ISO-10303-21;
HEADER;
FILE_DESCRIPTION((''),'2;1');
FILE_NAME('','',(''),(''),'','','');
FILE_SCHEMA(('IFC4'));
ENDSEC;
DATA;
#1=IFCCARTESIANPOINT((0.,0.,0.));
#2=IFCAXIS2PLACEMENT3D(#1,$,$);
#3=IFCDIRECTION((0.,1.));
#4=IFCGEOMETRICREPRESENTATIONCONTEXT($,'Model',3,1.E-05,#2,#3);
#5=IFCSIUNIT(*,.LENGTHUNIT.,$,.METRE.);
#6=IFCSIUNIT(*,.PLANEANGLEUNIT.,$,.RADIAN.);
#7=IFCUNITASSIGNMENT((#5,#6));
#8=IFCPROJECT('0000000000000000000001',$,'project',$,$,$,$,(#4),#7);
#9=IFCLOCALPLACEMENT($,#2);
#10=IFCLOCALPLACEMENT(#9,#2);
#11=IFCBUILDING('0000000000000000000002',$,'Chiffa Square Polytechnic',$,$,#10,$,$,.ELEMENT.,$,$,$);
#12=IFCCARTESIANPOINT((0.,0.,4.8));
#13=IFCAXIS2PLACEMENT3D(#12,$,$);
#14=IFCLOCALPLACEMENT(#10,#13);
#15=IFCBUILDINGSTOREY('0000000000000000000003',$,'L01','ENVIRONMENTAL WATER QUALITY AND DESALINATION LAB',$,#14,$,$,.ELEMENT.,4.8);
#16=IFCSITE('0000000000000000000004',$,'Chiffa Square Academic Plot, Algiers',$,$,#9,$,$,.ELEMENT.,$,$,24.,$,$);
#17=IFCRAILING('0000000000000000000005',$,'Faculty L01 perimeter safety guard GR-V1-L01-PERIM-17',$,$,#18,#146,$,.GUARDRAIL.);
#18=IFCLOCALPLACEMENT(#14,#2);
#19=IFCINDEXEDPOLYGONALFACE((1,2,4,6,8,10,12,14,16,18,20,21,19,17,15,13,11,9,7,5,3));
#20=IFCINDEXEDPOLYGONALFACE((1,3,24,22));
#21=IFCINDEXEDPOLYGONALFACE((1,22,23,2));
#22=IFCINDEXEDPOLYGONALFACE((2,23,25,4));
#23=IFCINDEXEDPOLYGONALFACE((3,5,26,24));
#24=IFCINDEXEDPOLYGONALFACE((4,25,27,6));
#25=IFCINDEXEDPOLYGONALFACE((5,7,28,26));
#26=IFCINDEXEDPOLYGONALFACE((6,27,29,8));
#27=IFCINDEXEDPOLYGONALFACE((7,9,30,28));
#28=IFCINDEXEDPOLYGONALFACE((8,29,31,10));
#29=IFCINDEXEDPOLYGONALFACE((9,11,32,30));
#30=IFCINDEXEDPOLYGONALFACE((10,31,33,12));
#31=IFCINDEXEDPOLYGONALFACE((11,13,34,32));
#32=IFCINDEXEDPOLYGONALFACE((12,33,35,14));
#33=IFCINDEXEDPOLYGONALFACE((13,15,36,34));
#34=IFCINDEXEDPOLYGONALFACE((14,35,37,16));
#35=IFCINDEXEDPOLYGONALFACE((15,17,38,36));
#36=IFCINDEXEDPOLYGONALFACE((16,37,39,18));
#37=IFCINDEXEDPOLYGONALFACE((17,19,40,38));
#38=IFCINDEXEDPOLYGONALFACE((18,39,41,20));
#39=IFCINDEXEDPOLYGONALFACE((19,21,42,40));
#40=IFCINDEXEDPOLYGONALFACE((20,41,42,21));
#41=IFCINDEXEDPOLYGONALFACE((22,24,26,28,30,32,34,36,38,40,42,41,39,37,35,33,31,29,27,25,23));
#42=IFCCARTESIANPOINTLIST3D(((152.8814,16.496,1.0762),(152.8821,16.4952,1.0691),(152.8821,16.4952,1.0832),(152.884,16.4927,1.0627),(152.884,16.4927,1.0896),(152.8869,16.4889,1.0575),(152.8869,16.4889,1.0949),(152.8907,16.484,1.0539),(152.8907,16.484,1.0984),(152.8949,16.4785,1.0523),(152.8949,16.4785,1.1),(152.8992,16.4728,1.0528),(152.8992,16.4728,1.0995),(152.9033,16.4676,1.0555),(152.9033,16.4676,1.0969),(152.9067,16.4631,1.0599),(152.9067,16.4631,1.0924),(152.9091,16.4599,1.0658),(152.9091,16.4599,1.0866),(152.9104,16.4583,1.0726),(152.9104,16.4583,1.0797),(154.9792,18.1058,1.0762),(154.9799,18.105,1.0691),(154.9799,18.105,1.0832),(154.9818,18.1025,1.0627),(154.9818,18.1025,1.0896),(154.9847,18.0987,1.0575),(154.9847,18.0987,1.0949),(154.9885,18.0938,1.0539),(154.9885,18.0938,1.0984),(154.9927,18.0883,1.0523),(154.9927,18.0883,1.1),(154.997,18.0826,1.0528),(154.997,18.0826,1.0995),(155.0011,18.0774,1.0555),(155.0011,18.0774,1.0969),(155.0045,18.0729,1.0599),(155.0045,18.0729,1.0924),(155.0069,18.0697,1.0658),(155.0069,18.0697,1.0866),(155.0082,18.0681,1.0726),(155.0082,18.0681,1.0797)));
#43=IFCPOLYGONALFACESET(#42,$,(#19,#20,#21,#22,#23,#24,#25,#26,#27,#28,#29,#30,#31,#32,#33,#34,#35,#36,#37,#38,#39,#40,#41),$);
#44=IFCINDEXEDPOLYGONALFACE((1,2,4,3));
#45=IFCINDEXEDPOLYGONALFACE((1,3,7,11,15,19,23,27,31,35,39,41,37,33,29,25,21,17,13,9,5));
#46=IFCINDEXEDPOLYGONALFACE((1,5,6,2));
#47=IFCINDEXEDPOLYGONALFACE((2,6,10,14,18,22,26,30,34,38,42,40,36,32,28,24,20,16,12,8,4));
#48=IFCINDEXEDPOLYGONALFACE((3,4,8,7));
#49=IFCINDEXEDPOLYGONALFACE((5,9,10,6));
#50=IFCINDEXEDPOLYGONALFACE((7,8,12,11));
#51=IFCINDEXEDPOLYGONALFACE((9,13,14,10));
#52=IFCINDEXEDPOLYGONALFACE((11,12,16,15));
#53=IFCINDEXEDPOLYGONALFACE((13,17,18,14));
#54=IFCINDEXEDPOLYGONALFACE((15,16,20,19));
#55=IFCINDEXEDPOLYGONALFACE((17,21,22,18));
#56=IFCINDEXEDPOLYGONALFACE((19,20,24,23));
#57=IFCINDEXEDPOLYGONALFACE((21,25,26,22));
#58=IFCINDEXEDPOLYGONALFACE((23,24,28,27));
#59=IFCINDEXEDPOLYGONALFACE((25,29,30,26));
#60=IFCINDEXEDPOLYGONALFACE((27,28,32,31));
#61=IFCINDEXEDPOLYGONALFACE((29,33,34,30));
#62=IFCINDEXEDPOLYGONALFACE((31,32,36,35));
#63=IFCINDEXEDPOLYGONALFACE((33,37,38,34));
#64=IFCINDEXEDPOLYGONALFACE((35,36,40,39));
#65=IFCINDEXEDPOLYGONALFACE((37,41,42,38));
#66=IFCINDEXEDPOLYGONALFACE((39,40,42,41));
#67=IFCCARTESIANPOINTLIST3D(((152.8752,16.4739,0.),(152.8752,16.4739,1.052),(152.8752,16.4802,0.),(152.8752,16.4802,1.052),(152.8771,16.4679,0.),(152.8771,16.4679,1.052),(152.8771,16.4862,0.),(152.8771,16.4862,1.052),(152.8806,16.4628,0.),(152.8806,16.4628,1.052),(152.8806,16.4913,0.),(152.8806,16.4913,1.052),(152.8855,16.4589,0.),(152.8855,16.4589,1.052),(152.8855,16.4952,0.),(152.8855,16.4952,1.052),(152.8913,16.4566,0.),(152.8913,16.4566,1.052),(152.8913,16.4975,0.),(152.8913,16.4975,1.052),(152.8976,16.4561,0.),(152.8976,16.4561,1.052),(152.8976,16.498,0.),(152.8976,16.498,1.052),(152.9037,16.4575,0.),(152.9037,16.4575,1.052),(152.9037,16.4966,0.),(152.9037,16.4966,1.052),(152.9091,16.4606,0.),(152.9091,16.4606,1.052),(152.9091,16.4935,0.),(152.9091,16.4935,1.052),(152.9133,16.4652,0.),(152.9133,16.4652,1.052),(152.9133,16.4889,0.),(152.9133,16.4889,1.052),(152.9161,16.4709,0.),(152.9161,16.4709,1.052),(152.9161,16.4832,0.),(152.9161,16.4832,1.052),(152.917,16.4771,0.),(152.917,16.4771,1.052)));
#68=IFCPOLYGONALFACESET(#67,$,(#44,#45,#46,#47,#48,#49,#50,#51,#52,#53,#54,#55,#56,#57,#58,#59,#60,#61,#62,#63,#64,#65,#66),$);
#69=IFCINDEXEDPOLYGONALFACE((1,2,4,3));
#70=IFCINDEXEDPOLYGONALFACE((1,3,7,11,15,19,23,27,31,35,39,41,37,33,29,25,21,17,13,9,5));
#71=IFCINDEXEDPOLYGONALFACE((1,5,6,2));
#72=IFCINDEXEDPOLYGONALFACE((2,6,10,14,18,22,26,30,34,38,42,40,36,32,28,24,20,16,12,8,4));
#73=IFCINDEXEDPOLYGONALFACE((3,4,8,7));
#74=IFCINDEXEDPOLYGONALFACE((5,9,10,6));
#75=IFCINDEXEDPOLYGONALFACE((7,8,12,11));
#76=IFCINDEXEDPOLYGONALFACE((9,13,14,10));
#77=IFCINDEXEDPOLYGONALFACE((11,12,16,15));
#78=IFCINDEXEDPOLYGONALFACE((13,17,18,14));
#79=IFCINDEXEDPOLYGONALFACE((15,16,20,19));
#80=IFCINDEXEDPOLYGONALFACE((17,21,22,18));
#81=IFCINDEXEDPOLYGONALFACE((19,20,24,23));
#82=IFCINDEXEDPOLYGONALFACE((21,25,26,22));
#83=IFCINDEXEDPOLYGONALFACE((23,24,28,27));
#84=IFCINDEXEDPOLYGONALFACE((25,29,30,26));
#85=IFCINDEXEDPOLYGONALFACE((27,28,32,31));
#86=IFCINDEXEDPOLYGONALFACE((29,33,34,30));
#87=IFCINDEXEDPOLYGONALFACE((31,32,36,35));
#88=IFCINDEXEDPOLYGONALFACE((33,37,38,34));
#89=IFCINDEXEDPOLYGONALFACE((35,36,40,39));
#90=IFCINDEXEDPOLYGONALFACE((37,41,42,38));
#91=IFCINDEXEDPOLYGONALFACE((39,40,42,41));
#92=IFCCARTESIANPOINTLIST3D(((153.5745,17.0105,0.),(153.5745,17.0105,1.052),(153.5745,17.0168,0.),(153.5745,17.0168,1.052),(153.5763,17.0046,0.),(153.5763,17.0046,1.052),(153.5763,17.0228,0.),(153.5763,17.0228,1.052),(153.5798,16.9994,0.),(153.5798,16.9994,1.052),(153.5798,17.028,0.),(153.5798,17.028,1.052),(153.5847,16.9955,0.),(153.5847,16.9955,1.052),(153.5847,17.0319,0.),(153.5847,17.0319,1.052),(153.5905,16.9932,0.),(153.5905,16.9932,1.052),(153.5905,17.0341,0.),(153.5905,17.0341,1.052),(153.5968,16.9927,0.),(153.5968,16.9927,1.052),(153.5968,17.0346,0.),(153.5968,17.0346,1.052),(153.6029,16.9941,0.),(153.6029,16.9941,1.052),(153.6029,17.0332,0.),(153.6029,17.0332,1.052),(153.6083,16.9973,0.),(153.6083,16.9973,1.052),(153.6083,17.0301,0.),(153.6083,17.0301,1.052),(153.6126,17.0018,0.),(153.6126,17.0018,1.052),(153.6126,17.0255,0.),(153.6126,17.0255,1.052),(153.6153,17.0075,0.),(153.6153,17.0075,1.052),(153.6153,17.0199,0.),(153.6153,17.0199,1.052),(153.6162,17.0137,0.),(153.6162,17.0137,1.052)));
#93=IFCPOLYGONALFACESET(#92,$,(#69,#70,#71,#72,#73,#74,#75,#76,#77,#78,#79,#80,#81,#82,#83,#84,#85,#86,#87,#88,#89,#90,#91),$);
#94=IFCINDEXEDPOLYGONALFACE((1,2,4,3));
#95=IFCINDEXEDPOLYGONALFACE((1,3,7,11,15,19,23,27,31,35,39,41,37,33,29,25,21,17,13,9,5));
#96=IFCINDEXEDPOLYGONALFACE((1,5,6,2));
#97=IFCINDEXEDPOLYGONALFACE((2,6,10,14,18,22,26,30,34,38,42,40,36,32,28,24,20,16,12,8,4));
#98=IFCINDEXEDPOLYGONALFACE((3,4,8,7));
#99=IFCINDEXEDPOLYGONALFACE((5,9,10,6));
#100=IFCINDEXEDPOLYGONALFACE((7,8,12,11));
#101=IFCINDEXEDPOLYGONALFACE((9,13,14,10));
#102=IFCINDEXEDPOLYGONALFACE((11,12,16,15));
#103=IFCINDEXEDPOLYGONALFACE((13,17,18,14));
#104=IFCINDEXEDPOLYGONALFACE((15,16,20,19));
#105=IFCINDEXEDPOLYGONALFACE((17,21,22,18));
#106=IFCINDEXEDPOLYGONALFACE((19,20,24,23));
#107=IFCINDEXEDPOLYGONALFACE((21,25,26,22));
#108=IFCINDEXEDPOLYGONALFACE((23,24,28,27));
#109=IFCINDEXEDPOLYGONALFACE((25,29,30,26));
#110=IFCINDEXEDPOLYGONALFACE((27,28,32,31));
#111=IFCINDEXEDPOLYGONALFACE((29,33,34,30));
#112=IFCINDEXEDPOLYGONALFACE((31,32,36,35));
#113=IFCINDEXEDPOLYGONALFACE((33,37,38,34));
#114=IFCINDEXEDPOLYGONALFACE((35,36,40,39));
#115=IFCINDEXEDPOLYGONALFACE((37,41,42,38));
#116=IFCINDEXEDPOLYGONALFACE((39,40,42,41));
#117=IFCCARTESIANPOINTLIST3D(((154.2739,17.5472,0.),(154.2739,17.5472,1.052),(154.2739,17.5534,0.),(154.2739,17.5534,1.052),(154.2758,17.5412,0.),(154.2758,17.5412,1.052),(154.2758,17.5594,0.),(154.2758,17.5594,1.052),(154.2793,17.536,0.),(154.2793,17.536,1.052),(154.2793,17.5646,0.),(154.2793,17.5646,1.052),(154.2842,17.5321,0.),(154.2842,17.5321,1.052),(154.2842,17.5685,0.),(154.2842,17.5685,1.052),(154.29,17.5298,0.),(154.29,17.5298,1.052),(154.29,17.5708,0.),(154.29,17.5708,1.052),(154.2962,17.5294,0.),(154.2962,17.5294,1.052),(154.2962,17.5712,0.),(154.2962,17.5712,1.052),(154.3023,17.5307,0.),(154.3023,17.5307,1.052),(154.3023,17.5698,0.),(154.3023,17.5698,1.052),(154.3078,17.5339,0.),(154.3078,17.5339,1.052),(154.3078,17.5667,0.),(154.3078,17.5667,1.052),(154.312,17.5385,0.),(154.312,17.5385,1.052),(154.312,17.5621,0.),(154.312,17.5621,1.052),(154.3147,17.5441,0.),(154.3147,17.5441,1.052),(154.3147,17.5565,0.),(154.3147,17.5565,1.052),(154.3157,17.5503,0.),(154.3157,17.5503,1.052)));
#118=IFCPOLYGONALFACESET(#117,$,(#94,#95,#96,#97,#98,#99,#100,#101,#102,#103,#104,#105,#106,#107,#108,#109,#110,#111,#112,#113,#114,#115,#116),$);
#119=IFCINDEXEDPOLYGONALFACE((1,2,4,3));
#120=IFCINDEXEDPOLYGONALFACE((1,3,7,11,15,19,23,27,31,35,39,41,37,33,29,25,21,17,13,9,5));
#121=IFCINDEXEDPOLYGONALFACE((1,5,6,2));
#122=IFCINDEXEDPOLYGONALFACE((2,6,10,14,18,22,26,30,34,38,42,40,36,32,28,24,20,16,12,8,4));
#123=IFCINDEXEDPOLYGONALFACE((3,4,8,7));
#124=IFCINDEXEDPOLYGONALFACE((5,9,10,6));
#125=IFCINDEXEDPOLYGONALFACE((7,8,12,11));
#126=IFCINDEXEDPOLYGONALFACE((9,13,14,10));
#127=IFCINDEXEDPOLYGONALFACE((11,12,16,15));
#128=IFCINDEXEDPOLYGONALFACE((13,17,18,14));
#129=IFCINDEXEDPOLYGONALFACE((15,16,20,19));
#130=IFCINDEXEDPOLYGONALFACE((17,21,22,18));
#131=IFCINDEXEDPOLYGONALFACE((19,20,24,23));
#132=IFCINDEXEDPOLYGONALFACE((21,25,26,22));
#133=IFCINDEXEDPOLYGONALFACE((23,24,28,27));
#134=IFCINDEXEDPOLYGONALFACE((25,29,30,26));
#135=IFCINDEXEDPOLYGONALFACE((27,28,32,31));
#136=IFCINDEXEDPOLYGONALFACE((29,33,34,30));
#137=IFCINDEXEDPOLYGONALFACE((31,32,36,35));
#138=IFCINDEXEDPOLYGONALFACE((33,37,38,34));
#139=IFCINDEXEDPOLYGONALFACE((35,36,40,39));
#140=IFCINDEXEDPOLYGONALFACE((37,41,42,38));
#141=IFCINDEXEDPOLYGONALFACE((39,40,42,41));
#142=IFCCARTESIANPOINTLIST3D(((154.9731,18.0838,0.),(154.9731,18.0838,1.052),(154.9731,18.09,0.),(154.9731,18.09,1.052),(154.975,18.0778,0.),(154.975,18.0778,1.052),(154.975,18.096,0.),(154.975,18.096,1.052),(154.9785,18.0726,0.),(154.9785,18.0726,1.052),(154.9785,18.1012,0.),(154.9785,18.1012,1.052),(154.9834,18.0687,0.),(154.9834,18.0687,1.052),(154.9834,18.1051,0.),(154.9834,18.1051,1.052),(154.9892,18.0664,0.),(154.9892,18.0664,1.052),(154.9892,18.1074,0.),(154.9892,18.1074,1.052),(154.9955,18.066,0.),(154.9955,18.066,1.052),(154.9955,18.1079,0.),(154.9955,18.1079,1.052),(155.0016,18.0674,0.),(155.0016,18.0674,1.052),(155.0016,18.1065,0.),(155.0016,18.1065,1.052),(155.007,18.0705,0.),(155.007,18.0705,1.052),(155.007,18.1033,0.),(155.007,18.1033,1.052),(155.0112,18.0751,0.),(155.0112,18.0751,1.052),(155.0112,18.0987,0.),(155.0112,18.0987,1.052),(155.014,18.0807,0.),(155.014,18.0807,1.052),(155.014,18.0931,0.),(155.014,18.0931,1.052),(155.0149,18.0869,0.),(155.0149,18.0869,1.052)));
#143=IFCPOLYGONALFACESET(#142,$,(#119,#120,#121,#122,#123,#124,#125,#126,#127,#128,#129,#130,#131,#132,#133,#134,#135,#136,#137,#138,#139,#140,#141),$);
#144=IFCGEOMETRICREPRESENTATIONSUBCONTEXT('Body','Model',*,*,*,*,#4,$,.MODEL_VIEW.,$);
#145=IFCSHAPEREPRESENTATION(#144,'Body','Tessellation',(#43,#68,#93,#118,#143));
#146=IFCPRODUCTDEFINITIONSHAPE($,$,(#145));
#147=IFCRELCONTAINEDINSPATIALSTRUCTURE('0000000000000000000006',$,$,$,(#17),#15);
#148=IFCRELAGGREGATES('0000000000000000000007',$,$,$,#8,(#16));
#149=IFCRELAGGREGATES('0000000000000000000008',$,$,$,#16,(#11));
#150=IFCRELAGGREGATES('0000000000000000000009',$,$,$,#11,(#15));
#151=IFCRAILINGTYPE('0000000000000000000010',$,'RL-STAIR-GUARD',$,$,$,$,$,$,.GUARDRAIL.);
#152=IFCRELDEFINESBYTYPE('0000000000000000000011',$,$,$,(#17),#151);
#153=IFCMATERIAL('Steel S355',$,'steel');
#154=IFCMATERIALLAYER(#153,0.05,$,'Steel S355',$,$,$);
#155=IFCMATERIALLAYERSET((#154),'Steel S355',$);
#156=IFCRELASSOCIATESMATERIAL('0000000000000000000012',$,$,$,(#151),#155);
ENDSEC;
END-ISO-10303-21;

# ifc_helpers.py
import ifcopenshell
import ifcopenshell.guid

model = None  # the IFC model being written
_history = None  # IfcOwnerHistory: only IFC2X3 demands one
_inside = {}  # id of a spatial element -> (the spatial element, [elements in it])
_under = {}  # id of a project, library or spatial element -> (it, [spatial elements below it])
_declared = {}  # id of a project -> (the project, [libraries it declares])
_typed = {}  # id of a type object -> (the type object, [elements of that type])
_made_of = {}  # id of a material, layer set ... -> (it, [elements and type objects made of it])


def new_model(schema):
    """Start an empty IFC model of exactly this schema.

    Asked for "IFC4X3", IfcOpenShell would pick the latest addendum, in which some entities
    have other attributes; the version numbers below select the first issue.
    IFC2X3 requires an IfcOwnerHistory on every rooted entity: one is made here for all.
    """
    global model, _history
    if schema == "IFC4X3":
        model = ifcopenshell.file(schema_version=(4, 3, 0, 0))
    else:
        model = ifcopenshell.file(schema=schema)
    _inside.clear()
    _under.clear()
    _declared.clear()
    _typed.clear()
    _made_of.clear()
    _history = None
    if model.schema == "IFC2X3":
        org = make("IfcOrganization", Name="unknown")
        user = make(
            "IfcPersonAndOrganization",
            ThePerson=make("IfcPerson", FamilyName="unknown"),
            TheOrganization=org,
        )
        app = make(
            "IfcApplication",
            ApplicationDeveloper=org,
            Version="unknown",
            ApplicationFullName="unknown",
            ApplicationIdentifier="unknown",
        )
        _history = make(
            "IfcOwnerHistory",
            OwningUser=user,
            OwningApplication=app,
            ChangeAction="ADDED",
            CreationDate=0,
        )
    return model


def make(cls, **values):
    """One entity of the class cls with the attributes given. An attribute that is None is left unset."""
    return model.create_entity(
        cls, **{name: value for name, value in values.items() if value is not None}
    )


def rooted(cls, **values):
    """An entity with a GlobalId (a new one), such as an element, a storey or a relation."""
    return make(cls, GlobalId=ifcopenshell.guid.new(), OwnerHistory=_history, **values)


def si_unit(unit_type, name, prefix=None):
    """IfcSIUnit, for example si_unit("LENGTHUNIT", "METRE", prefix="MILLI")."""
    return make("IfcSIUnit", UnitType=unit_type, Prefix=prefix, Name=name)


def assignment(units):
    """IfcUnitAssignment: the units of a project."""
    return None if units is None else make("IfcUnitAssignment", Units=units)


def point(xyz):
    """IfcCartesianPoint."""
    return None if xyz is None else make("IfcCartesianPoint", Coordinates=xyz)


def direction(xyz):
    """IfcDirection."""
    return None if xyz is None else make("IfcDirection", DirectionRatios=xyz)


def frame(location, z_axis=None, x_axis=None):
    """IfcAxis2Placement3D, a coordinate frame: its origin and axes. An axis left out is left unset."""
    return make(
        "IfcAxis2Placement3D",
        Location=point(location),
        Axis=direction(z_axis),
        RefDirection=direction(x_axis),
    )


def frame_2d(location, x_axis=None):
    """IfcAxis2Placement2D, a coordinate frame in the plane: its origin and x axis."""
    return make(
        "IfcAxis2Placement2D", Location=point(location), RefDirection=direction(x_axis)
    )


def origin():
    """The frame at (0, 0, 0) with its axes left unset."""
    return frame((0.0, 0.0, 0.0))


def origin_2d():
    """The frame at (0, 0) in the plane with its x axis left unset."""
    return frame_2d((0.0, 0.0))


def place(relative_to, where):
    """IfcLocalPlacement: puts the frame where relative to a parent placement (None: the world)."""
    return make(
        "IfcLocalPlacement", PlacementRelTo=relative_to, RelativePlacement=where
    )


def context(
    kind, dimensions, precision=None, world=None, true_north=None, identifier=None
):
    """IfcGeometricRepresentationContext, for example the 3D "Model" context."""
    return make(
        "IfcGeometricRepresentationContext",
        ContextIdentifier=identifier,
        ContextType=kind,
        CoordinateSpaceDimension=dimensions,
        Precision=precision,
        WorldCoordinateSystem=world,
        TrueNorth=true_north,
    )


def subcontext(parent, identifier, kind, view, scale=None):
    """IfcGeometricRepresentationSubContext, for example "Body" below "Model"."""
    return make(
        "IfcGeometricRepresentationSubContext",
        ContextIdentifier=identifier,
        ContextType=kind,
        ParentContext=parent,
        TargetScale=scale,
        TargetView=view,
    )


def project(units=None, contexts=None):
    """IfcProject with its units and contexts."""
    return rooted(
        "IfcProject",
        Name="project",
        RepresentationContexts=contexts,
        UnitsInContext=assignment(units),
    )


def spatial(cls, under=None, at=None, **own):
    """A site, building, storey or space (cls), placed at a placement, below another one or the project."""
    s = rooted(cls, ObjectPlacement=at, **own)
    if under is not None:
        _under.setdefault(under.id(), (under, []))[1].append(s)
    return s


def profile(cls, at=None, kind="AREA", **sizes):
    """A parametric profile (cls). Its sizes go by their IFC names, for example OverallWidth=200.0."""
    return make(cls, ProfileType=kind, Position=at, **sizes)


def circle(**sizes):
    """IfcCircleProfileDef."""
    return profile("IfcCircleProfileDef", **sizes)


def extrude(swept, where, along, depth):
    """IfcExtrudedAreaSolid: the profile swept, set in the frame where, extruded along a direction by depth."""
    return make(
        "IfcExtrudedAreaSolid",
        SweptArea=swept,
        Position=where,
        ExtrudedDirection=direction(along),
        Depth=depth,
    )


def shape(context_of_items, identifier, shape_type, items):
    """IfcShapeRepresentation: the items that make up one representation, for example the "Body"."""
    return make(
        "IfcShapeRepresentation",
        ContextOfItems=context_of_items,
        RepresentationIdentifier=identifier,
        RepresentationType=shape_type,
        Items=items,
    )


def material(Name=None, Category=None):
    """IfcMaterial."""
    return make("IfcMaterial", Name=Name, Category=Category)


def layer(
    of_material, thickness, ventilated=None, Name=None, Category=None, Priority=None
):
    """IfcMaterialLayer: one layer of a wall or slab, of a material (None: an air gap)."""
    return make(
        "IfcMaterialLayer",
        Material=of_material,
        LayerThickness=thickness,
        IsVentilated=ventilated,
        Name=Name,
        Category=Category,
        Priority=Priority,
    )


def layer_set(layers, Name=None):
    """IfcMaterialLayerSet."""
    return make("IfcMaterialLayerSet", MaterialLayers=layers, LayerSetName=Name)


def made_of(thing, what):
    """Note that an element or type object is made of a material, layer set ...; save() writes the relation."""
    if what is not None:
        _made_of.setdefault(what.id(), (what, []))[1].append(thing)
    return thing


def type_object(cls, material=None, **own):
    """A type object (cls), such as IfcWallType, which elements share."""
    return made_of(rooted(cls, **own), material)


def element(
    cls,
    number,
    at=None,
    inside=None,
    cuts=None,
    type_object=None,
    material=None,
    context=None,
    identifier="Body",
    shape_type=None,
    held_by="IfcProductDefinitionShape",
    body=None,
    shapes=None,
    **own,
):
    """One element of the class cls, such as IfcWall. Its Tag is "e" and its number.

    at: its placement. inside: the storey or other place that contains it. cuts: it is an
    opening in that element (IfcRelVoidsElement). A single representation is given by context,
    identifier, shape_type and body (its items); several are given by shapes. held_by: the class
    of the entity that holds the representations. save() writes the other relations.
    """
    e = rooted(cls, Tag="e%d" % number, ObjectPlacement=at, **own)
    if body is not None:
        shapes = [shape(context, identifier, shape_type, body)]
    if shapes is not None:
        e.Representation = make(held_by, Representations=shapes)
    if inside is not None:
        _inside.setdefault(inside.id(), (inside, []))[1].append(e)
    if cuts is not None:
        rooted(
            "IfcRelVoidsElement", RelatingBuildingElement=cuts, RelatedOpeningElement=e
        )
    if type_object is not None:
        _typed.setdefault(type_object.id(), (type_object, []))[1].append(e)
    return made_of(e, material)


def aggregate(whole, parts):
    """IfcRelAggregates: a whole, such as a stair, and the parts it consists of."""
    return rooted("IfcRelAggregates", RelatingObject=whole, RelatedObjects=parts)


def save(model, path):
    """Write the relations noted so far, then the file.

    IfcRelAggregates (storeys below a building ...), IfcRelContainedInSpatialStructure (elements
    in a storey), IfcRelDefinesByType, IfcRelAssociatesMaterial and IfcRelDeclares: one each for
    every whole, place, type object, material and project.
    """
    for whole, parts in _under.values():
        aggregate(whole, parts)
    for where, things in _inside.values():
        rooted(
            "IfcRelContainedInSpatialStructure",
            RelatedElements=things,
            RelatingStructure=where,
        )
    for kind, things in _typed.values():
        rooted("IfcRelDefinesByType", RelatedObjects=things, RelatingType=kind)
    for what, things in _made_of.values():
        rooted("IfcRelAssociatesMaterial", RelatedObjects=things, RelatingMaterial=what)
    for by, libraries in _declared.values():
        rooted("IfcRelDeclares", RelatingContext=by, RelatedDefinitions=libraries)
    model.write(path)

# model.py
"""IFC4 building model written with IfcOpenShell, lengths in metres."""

from ifc_helpers import new_model, si_unit, direction, frame, origin, origin_2d, place, context, subcontext, project, spatial, circle, extrude, material, layer, layer_set, type_object, element, save


model = new_model("IFC4")

# Units and contexts
model_context = context("Model", 3, precision=1e-05, world=origin(), true_north=direction((0.0, 1.0)))
body_context = subcontext(model_context, "Body", "Model", "MODEL_VIEW")
ifc_project = project(units=[si_unit("LENGTHUNIT", "METRE"), si_unit("PLANEANGLEUNIT", "RADIAN")], contexts=[model_context])

# Site, building, storey
site_placement = place(None, origin())
site = spatial("IfcSite", under=ifc_project, at=site_placement, Name="Chiffa Square Academic Plot, Algiers", CompositionType="ELEMENT", RefElevation=24.0)
building_placement = place(site_placement, origin())
building = spatial("IfcBuilding", under=site, at=building_placement, Name="Chiffa Square Polytechnic", CompositionType="ELEMENT")
storey_placement = place(building_placement, frame((0.0, 0.0, 4.8)))
storey = spatial("IfcBuildingStorey", under=building, at=storey_placement, Name="L01", Description="ENVIRONMENTAL WATER QUALITY AND DESALINATION LAB", CompositionType="ELEMENT", Elevation=4.8)

# Railing
ifc_material_1 = material(Name="Steel S355", Category="steel")
ifc_layer_1 = layer(ifc_material_1, 0.05, Name="Steel S355")
ifc_layer_set_1 = layer_set([ifc_layer_1], Name="Steel S355")
railing_type = type_object("IfcRailingType", Name="RL-STAIR-GUARD", PredefinedType="GUARDRAIL", material=ifc_layer_set_1)
railing_1_placement = place(storey_placement, frame((152.896, 16.4771, 0.0)))
element("IfcRailing", 1, at=railing_1_placement, inside=storey, type_object=railing_type, Name="Faculty L01 perimeter safety guard GR-V1-L01-PERIM-17", PredefinedType="GUARDRAIL", context=body_context, shape_type="SweptSolid", body=[
    extrude(circle(Radius=0.0239, at=origin_2d()), frame((0.0, 0.0, 1.0762), z_axis=(0.793337, 0.608782, 0.0), x_axis=(-0.608782, 0.793337, 0.0)), (0.0, 0.0, 1.0), 2.6443),
    extrude(circle(Radius=0.021, at=origin_2d()), origin(), (0.0, 0.0, 1.0), 1.052),
    extrude(circle(Radius=0.021, at=origin_2d()), frame((0.6992, 0.5366, 0.0)), (0.0, 0.0, 1.0), 1.052),
    extrude(circle(Radius=0.021, at=origin_2d()), frame((1.3987, 1.0732, 0.0)), (0.0, 0.0, 1.0), 1.052),
    extrude(circle(Radius=0.021, at=origin_2d()), frame((2.0979, 1.6099, 0.0)), (0.0, 0.0, 1.0), 1.052),
])

save(model, "model.ifc")
